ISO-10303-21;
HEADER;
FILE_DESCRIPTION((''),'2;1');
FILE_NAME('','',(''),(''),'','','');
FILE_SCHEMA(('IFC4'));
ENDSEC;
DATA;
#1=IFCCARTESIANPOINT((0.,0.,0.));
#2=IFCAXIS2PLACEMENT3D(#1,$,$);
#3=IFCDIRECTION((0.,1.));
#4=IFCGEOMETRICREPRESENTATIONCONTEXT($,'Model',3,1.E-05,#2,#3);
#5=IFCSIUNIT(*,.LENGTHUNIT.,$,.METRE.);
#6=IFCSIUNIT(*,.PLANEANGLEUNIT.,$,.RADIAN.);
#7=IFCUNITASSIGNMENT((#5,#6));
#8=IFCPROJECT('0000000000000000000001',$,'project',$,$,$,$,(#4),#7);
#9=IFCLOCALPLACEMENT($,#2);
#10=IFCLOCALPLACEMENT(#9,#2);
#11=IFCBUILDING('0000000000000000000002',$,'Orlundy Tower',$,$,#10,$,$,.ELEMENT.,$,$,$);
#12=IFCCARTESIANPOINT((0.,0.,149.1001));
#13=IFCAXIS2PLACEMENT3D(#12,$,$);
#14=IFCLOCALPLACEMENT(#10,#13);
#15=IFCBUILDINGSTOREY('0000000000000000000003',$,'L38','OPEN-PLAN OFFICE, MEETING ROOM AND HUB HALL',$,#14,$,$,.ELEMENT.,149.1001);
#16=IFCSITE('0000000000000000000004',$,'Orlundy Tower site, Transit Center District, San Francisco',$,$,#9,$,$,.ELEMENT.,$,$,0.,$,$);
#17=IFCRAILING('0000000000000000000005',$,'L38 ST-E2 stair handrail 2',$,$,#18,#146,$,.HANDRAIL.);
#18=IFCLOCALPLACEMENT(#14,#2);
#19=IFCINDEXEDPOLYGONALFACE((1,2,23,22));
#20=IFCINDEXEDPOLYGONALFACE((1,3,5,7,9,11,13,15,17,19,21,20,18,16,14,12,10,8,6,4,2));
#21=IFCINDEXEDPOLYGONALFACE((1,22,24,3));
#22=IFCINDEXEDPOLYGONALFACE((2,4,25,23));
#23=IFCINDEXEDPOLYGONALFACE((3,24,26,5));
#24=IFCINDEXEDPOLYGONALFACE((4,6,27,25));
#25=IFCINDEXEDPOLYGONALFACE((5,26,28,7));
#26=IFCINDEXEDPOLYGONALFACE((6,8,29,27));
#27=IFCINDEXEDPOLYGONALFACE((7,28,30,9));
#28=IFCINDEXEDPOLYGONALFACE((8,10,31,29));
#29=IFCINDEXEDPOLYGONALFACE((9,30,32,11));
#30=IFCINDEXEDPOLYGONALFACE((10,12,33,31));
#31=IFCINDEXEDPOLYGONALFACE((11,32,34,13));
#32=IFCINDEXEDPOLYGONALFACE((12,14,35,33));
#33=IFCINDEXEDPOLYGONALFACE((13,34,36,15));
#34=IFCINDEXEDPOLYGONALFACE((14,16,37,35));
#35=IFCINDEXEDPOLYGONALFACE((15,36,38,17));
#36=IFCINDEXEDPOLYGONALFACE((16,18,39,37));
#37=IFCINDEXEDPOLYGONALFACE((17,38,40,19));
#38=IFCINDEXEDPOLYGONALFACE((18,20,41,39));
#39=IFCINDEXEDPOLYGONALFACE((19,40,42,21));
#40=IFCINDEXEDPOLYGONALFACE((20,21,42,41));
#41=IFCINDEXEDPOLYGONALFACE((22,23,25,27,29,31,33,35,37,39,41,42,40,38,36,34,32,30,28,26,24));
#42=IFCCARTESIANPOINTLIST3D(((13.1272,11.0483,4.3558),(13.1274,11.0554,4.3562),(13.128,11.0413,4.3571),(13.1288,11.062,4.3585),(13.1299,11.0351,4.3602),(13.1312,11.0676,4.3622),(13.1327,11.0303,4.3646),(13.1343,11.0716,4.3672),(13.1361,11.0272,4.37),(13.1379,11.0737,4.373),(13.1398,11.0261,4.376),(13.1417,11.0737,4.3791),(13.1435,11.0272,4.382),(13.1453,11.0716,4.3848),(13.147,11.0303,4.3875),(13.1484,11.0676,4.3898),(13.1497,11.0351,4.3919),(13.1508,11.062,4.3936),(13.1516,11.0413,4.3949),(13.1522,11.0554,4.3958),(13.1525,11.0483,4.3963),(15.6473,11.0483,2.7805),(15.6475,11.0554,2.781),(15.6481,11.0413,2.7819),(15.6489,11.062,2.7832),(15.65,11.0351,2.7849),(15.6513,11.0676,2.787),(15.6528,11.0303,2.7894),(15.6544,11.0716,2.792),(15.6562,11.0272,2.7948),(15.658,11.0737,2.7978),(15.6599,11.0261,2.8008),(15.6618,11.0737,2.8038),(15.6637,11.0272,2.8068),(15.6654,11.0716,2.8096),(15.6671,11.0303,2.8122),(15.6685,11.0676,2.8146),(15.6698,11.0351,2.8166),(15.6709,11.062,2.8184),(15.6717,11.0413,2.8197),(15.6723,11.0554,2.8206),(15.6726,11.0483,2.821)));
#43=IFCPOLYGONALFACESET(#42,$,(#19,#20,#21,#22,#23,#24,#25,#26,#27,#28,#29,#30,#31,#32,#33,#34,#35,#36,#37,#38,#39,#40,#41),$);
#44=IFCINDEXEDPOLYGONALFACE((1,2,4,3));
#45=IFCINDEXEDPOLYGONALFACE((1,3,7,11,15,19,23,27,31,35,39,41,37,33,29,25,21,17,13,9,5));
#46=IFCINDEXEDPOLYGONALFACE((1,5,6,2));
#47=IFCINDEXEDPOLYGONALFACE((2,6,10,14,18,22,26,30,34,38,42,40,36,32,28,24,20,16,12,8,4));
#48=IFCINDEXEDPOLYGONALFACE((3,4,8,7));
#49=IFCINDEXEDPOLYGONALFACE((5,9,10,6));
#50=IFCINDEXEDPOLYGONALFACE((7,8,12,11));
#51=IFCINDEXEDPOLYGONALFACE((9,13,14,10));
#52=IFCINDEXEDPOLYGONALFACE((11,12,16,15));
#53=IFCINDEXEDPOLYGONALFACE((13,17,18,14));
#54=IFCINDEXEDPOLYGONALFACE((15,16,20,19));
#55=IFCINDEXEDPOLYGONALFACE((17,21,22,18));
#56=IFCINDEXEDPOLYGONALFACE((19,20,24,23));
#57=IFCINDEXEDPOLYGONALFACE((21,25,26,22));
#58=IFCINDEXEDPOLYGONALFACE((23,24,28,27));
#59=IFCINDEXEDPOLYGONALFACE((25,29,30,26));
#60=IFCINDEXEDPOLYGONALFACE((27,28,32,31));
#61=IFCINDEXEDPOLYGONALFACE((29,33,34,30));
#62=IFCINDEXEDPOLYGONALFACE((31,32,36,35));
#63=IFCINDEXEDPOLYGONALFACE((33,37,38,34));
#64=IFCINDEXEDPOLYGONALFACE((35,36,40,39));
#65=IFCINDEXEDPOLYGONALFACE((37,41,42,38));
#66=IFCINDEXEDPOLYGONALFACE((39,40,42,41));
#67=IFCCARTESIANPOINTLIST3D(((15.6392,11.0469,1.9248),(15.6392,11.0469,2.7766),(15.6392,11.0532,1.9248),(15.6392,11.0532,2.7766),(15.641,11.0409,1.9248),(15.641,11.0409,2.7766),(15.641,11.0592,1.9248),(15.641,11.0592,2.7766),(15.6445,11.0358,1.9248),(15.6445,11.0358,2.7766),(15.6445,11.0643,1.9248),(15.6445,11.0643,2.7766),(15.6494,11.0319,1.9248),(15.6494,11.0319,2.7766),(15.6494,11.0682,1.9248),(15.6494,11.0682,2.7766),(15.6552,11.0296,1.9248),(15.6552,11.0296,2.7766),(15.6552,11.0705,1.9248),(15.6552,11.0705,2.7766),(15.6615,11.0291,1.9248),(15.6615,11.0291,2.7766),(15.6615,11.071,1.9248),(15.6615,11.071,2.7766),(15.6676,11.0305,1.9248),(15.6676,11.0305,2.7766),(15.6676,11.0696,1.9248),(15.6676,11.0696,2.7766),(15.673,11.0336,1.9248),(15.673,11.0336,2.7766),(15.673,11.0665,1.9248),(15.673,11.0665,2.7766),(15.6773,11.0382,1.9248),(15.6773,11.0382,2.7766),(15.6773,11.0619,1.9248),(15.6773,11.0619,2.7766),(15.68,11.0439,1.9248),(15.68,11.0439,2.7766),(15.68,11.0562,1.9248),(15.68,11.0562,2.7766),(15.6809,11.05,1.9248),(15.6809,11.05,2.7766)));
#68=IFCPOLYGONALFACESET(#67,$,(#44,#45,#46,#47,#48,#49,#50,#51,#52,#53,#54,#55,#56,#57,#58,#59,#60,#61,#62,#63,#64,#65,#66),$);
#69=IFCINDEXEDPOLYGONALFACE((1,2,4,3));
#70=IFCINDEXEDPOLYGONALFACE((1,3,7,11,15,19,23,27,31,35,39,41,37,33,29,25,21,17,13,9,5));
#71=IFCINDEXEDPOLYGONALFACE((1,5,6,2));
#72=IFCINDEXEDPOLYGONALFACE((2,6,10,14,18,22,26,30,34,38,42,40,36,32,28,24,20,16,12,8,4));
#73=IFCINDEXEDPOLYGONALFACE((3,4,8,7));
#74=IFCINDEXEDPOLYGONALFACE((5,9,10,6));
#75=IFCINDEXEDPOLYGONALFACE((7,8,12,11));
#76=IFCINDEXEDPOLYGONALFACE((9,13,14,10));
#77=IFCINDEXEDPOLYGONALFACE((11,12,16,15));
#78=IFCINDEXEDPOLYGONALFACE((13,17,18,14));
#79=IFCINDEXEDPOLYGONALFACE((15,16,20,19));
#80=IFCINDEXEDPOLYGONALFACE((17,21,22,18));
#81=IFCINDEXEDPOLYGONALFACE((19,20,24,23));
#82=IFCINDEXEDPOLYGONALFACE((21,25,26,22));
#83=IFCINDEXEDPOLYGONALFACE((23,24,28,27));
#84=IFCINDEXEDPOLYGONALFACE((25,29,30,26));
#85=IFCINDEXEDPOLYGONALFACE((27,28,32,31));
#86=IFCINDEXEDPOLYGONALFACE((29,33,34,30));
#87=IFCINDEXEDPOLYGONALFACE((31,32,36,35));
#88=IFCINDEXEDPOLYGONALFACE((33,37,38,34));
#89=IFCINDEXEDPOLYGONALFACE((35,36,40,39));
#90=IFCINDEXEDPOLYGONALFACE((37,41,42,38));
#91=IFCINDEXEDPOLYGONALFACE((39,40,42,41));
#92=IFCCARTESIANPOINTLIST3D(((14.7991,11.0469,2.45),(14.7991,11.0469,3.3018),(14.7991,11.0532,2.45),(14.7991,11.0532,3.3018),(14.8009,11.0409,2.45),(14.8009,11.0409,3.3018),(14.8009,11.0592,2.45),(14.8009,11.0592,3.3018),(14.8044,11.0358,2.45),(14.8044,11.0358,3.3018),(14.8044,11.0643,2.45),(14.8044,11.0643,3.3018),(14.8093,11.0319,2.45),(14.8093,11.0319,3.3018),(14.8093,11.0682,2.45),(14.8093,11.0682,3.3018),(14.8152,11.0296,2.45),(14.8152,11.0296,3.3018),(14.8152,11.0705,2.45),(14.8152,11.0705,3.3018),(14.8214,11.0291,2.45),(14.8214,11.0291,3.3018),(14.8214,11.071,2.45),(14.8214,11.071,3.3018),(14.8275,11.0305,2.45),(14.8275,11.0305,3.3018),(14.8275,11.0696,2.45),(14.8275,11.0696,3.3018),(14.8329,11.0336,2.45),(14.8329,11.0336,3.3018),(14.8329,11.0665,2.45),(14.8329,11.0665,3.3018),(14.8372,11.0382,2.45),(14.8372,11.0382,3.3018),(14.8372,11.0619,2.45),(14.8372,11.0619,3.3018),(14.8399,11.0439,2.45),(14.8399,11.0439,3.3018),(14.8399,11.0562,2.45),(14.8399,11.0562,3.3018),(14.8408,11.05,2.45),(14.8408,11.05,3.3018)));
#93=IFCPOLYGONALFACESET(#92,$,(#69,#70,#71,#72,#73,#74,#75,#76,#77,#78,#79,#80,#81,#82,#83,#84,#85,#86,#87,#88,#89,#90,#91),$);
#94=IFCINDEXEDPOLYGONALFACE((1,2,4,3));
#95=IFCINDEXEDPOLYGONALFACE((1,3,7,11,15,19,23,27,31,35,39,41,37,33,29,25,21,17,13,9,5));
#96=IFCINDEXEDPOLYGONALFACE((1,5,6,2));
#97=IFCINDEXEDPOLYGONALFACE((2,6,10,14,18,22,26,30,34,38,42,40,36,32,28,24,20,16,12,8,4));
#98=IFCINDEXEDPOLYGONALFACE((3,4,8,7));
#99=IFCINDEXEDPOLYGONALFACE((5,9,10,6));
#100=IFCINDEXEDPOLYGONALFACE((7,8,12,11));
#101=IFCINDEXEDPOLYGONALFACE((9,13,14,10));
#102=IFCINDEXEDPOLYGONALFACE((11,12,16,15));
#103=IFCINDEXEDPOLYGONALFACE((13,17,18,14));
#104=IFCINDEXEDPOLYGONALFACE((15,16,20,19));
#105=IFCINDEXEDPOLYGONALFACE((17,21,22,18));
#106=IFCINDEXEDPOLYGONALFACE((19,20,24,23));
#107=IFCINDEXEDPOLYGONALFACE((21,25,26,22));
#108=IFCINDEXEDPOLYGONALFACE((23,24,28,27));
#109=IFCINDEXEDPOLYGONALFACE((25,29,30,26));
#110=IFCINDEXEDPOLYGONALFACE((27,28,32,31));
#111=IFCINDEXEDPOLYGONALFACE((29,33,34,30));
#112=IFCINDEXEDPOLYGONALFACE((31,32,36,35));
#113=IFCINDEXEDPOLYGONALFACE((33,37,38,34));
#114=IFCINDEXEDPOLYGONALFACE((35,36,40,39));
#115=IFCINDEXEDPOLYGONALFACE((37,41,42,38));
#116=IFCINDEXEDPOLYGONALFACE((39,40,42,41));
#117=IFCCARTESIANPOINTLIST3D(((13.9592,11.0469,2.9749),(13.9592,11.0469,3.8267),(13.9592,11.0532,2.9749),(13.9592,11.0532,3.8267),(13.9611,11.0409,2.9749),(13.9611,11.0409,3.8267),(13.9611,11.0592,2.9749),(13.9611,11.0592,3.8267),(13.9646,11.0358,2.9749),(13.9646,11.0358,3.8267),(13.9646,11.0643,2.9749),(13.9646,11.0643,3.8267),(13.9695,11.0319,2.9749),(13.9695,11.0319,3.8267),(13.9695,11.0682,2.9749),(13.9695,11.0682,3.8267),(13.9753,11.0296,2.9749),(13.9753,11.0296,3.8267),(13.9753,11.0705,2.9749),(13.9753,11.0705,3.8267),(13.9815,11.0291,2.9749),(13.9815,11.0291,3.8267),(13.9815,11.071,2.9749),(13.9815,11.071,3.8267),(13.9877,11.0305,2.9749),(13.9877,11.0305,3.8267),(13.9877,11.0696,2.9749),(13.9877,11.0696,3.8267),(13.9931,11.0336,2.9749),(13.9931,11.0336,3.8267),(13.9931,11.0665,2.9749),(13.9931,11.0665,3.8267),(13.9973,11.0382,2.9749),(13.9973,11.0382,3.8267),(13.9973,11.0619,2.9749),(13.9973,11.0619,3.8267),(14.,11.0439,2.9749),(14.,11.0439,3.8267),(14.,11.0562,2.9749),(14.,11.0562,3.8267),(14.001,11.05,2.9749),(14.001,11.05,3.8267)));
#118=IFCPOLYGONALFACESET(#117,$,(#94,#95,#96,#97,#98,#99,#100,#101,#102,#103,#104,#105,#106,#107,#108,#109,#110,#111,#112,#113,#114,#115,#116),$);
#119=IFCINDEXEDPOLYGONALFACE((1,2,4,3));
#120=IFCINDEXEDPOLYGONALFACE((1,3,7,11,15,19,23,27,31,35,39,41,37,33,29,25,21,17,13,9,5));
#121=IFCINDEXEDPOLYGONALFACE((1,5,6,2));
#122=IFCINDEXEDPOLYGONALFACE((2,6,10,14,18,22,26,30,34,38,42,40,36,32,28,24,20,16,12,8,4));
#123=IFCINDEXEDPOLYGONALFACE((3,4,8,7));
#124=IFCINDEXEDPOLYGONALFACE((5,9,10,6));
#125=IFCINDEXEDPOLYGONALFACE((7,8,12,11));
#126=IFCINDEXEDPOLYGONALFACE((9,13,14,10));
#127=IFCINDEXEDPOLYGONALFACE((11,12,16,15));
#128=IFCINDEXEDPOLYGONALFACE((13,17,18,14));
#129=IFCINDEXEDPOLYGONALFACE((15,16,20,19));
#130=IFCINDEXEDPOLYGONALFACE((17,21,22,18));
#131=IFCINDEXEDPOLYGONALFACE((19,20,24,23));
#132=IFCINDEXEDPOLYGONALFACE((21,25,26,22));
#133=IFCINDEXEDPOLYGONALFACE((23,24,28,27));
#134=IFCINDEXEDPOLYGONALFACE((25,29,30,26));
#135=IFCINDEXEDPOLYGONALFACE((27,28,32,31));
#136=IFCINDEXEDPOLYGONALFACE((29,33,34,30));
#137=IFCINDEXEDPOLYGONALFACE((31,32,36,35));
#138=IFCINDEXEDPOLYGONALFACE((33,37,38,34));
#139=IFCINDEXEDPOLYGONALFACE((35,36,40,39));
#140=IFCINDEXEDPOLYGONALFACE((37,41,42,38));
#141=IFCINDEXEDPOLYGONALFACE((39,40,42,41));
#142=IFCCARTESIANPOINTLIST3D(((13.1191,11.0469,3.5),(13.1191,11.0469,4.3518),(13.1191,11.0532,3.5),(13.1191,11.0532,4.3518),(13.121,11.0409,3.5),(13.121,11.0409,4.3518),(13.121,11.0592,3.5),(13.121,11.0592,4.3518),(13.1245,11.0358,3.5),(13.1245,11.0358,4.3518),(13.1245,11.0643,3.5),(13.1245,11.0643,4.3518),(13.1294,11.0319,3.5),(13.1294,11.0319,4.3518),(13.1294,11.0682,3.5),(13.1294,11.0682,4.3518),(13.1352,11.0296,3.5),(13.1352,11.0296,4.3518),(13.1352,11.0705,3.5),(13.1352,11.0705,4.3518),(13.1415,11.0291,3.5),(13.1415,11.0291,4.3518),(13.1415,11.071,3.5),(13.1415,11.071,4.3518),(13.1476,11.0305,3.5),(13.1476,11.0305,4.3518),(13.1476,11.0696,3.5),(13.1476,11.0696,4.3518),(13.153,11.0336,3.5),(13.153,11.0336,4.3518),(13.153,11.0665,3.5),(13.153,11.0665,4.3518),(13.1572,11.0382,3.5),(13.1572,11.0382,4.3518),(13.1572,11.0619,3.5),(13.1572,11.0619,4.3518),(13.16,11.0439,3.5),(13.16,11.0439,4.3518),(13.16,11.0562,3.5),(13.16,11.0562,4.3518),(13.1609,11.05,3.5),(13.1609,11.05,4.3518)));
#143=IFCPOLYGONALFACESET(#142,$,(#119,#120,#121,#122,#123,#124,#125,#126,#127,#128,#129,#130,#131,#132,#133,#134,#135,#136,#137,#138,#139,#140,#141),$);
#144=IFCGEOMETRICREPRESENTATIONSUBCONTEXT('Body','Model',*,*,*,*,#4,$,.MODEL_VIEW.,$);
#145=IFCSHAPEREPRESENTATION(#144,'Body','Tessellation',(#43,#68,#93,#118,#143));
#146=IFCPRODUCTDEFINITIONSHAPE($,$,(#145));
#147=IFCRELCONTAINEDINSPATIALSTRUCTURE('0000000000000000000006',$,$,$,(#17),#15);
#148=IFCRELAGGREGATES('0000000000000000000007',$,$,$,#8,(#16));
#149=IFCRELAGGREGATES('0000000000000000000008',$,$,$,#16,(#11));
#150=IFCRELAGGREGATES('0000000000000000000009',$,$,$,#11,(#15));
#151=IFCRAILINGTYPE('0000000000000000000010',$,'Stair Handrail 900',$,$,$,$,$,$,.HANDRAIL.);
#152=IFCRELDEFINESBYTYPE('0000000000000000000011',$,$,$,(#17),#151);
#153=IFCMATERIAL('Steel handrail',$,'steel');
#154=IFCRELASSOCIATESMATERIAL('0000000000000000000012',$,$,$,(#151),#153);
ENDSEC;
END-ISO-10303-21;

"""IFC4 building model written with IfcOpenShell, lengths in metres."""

from ifc_helpers import new_model, si_unit, direction, frame, origin, origin_2d, place, context, subcontext, project, spatial, circle, extrude, material, type_object, element, save


model = new_model("IFC4")

# Units and contexts
model_context = context("Model", 3, precision=1e-05, world=origin(), true_north=direction((0.0, 1.0)))
body_context = subcontext(model_context, "Body", "Model", "MODEL_VIEW")
ifc_project = project(units=[si_unit("LENGTHUNIT", "METRE"), si_unit("PLANEANGLEUNIT", "RADIAN")], contexts=[model_context])

# Site, building, storey
site_placement = place(None, origin())
site = spatial("IfcSite", under=ifc_project, at=site_placement, Name="Orlundy Tower site, Transit Center District, San Francisco", CompositionType="ELEMENT", RefElevation=0.0)
building_placement = place(site_placement, origin())
building = spatial("IfcBuilding", under=site, at=building_placement, Name="Orlundy Tower", CompositionType="ELEMENT")
storey_placement = place(building_placement, frame((0.0, 0.0, 149.1001)))
storey = spatial("IfcBuildingStorey", under=building, at=storey_placement, Name="L38", Description="OPEN-PLAN OFFICE, MEETING ROOM AND HUB HALL", CompositionType="ELEMENT", Elevation=149.1001)

# Railing
ifc_material_1 = material(Name="Steel handrail", Category="steel")
railing_type = type_object("IfcRailingType", Name="Stair Handrail 900", PredefinedType="HANDRAIL", material=ifc_material_1)
railing_placement = place(storey_placement, frame((15.6599, 11.05, 1.9248)))
element("IfcRailing", 1, at=railing_placement, inside=storey, type_object=railing_type, Name="L38 ST-E2 stair handrail 2", PredefinedType="HANDRAIL", context=body_context, shape_type="SweptSolid", body=[
    extrude(circle(Radius=0.0239, at=origin_2d()), frame((0.0, 0.0, 0.876), z_axis=(-0.847971, 0.0, 0.530043), x_axis=(0.0, -1.0, 0.0)), (0.0, 0.0, 1.0), 2.9719),
    extrude(circle(Radius=0.021, at=origin_2d()), origin(), (0.0, 0.0, 1.0), 0.8518),
    extrude(circle(Radius=0.021, at=origin_2d()), frame((-0.8401, 0.0, 0.5251)), (0.0, 0.0, 1.0), 0.8518),
    extrude(circle(Radius=0.021, at=origin_2d()), frame((-1.6799, 0.0, 1.05)), (0.0, 0.0, 1.0), 0.8518),
    extrude(circle(Radius=0.021, at=origin_2d()), frame((-2.52, 0.0, 1.5752)), (0.0, 0.0, 1.0), 0.8518),
])

save(model, "model.ifc")
